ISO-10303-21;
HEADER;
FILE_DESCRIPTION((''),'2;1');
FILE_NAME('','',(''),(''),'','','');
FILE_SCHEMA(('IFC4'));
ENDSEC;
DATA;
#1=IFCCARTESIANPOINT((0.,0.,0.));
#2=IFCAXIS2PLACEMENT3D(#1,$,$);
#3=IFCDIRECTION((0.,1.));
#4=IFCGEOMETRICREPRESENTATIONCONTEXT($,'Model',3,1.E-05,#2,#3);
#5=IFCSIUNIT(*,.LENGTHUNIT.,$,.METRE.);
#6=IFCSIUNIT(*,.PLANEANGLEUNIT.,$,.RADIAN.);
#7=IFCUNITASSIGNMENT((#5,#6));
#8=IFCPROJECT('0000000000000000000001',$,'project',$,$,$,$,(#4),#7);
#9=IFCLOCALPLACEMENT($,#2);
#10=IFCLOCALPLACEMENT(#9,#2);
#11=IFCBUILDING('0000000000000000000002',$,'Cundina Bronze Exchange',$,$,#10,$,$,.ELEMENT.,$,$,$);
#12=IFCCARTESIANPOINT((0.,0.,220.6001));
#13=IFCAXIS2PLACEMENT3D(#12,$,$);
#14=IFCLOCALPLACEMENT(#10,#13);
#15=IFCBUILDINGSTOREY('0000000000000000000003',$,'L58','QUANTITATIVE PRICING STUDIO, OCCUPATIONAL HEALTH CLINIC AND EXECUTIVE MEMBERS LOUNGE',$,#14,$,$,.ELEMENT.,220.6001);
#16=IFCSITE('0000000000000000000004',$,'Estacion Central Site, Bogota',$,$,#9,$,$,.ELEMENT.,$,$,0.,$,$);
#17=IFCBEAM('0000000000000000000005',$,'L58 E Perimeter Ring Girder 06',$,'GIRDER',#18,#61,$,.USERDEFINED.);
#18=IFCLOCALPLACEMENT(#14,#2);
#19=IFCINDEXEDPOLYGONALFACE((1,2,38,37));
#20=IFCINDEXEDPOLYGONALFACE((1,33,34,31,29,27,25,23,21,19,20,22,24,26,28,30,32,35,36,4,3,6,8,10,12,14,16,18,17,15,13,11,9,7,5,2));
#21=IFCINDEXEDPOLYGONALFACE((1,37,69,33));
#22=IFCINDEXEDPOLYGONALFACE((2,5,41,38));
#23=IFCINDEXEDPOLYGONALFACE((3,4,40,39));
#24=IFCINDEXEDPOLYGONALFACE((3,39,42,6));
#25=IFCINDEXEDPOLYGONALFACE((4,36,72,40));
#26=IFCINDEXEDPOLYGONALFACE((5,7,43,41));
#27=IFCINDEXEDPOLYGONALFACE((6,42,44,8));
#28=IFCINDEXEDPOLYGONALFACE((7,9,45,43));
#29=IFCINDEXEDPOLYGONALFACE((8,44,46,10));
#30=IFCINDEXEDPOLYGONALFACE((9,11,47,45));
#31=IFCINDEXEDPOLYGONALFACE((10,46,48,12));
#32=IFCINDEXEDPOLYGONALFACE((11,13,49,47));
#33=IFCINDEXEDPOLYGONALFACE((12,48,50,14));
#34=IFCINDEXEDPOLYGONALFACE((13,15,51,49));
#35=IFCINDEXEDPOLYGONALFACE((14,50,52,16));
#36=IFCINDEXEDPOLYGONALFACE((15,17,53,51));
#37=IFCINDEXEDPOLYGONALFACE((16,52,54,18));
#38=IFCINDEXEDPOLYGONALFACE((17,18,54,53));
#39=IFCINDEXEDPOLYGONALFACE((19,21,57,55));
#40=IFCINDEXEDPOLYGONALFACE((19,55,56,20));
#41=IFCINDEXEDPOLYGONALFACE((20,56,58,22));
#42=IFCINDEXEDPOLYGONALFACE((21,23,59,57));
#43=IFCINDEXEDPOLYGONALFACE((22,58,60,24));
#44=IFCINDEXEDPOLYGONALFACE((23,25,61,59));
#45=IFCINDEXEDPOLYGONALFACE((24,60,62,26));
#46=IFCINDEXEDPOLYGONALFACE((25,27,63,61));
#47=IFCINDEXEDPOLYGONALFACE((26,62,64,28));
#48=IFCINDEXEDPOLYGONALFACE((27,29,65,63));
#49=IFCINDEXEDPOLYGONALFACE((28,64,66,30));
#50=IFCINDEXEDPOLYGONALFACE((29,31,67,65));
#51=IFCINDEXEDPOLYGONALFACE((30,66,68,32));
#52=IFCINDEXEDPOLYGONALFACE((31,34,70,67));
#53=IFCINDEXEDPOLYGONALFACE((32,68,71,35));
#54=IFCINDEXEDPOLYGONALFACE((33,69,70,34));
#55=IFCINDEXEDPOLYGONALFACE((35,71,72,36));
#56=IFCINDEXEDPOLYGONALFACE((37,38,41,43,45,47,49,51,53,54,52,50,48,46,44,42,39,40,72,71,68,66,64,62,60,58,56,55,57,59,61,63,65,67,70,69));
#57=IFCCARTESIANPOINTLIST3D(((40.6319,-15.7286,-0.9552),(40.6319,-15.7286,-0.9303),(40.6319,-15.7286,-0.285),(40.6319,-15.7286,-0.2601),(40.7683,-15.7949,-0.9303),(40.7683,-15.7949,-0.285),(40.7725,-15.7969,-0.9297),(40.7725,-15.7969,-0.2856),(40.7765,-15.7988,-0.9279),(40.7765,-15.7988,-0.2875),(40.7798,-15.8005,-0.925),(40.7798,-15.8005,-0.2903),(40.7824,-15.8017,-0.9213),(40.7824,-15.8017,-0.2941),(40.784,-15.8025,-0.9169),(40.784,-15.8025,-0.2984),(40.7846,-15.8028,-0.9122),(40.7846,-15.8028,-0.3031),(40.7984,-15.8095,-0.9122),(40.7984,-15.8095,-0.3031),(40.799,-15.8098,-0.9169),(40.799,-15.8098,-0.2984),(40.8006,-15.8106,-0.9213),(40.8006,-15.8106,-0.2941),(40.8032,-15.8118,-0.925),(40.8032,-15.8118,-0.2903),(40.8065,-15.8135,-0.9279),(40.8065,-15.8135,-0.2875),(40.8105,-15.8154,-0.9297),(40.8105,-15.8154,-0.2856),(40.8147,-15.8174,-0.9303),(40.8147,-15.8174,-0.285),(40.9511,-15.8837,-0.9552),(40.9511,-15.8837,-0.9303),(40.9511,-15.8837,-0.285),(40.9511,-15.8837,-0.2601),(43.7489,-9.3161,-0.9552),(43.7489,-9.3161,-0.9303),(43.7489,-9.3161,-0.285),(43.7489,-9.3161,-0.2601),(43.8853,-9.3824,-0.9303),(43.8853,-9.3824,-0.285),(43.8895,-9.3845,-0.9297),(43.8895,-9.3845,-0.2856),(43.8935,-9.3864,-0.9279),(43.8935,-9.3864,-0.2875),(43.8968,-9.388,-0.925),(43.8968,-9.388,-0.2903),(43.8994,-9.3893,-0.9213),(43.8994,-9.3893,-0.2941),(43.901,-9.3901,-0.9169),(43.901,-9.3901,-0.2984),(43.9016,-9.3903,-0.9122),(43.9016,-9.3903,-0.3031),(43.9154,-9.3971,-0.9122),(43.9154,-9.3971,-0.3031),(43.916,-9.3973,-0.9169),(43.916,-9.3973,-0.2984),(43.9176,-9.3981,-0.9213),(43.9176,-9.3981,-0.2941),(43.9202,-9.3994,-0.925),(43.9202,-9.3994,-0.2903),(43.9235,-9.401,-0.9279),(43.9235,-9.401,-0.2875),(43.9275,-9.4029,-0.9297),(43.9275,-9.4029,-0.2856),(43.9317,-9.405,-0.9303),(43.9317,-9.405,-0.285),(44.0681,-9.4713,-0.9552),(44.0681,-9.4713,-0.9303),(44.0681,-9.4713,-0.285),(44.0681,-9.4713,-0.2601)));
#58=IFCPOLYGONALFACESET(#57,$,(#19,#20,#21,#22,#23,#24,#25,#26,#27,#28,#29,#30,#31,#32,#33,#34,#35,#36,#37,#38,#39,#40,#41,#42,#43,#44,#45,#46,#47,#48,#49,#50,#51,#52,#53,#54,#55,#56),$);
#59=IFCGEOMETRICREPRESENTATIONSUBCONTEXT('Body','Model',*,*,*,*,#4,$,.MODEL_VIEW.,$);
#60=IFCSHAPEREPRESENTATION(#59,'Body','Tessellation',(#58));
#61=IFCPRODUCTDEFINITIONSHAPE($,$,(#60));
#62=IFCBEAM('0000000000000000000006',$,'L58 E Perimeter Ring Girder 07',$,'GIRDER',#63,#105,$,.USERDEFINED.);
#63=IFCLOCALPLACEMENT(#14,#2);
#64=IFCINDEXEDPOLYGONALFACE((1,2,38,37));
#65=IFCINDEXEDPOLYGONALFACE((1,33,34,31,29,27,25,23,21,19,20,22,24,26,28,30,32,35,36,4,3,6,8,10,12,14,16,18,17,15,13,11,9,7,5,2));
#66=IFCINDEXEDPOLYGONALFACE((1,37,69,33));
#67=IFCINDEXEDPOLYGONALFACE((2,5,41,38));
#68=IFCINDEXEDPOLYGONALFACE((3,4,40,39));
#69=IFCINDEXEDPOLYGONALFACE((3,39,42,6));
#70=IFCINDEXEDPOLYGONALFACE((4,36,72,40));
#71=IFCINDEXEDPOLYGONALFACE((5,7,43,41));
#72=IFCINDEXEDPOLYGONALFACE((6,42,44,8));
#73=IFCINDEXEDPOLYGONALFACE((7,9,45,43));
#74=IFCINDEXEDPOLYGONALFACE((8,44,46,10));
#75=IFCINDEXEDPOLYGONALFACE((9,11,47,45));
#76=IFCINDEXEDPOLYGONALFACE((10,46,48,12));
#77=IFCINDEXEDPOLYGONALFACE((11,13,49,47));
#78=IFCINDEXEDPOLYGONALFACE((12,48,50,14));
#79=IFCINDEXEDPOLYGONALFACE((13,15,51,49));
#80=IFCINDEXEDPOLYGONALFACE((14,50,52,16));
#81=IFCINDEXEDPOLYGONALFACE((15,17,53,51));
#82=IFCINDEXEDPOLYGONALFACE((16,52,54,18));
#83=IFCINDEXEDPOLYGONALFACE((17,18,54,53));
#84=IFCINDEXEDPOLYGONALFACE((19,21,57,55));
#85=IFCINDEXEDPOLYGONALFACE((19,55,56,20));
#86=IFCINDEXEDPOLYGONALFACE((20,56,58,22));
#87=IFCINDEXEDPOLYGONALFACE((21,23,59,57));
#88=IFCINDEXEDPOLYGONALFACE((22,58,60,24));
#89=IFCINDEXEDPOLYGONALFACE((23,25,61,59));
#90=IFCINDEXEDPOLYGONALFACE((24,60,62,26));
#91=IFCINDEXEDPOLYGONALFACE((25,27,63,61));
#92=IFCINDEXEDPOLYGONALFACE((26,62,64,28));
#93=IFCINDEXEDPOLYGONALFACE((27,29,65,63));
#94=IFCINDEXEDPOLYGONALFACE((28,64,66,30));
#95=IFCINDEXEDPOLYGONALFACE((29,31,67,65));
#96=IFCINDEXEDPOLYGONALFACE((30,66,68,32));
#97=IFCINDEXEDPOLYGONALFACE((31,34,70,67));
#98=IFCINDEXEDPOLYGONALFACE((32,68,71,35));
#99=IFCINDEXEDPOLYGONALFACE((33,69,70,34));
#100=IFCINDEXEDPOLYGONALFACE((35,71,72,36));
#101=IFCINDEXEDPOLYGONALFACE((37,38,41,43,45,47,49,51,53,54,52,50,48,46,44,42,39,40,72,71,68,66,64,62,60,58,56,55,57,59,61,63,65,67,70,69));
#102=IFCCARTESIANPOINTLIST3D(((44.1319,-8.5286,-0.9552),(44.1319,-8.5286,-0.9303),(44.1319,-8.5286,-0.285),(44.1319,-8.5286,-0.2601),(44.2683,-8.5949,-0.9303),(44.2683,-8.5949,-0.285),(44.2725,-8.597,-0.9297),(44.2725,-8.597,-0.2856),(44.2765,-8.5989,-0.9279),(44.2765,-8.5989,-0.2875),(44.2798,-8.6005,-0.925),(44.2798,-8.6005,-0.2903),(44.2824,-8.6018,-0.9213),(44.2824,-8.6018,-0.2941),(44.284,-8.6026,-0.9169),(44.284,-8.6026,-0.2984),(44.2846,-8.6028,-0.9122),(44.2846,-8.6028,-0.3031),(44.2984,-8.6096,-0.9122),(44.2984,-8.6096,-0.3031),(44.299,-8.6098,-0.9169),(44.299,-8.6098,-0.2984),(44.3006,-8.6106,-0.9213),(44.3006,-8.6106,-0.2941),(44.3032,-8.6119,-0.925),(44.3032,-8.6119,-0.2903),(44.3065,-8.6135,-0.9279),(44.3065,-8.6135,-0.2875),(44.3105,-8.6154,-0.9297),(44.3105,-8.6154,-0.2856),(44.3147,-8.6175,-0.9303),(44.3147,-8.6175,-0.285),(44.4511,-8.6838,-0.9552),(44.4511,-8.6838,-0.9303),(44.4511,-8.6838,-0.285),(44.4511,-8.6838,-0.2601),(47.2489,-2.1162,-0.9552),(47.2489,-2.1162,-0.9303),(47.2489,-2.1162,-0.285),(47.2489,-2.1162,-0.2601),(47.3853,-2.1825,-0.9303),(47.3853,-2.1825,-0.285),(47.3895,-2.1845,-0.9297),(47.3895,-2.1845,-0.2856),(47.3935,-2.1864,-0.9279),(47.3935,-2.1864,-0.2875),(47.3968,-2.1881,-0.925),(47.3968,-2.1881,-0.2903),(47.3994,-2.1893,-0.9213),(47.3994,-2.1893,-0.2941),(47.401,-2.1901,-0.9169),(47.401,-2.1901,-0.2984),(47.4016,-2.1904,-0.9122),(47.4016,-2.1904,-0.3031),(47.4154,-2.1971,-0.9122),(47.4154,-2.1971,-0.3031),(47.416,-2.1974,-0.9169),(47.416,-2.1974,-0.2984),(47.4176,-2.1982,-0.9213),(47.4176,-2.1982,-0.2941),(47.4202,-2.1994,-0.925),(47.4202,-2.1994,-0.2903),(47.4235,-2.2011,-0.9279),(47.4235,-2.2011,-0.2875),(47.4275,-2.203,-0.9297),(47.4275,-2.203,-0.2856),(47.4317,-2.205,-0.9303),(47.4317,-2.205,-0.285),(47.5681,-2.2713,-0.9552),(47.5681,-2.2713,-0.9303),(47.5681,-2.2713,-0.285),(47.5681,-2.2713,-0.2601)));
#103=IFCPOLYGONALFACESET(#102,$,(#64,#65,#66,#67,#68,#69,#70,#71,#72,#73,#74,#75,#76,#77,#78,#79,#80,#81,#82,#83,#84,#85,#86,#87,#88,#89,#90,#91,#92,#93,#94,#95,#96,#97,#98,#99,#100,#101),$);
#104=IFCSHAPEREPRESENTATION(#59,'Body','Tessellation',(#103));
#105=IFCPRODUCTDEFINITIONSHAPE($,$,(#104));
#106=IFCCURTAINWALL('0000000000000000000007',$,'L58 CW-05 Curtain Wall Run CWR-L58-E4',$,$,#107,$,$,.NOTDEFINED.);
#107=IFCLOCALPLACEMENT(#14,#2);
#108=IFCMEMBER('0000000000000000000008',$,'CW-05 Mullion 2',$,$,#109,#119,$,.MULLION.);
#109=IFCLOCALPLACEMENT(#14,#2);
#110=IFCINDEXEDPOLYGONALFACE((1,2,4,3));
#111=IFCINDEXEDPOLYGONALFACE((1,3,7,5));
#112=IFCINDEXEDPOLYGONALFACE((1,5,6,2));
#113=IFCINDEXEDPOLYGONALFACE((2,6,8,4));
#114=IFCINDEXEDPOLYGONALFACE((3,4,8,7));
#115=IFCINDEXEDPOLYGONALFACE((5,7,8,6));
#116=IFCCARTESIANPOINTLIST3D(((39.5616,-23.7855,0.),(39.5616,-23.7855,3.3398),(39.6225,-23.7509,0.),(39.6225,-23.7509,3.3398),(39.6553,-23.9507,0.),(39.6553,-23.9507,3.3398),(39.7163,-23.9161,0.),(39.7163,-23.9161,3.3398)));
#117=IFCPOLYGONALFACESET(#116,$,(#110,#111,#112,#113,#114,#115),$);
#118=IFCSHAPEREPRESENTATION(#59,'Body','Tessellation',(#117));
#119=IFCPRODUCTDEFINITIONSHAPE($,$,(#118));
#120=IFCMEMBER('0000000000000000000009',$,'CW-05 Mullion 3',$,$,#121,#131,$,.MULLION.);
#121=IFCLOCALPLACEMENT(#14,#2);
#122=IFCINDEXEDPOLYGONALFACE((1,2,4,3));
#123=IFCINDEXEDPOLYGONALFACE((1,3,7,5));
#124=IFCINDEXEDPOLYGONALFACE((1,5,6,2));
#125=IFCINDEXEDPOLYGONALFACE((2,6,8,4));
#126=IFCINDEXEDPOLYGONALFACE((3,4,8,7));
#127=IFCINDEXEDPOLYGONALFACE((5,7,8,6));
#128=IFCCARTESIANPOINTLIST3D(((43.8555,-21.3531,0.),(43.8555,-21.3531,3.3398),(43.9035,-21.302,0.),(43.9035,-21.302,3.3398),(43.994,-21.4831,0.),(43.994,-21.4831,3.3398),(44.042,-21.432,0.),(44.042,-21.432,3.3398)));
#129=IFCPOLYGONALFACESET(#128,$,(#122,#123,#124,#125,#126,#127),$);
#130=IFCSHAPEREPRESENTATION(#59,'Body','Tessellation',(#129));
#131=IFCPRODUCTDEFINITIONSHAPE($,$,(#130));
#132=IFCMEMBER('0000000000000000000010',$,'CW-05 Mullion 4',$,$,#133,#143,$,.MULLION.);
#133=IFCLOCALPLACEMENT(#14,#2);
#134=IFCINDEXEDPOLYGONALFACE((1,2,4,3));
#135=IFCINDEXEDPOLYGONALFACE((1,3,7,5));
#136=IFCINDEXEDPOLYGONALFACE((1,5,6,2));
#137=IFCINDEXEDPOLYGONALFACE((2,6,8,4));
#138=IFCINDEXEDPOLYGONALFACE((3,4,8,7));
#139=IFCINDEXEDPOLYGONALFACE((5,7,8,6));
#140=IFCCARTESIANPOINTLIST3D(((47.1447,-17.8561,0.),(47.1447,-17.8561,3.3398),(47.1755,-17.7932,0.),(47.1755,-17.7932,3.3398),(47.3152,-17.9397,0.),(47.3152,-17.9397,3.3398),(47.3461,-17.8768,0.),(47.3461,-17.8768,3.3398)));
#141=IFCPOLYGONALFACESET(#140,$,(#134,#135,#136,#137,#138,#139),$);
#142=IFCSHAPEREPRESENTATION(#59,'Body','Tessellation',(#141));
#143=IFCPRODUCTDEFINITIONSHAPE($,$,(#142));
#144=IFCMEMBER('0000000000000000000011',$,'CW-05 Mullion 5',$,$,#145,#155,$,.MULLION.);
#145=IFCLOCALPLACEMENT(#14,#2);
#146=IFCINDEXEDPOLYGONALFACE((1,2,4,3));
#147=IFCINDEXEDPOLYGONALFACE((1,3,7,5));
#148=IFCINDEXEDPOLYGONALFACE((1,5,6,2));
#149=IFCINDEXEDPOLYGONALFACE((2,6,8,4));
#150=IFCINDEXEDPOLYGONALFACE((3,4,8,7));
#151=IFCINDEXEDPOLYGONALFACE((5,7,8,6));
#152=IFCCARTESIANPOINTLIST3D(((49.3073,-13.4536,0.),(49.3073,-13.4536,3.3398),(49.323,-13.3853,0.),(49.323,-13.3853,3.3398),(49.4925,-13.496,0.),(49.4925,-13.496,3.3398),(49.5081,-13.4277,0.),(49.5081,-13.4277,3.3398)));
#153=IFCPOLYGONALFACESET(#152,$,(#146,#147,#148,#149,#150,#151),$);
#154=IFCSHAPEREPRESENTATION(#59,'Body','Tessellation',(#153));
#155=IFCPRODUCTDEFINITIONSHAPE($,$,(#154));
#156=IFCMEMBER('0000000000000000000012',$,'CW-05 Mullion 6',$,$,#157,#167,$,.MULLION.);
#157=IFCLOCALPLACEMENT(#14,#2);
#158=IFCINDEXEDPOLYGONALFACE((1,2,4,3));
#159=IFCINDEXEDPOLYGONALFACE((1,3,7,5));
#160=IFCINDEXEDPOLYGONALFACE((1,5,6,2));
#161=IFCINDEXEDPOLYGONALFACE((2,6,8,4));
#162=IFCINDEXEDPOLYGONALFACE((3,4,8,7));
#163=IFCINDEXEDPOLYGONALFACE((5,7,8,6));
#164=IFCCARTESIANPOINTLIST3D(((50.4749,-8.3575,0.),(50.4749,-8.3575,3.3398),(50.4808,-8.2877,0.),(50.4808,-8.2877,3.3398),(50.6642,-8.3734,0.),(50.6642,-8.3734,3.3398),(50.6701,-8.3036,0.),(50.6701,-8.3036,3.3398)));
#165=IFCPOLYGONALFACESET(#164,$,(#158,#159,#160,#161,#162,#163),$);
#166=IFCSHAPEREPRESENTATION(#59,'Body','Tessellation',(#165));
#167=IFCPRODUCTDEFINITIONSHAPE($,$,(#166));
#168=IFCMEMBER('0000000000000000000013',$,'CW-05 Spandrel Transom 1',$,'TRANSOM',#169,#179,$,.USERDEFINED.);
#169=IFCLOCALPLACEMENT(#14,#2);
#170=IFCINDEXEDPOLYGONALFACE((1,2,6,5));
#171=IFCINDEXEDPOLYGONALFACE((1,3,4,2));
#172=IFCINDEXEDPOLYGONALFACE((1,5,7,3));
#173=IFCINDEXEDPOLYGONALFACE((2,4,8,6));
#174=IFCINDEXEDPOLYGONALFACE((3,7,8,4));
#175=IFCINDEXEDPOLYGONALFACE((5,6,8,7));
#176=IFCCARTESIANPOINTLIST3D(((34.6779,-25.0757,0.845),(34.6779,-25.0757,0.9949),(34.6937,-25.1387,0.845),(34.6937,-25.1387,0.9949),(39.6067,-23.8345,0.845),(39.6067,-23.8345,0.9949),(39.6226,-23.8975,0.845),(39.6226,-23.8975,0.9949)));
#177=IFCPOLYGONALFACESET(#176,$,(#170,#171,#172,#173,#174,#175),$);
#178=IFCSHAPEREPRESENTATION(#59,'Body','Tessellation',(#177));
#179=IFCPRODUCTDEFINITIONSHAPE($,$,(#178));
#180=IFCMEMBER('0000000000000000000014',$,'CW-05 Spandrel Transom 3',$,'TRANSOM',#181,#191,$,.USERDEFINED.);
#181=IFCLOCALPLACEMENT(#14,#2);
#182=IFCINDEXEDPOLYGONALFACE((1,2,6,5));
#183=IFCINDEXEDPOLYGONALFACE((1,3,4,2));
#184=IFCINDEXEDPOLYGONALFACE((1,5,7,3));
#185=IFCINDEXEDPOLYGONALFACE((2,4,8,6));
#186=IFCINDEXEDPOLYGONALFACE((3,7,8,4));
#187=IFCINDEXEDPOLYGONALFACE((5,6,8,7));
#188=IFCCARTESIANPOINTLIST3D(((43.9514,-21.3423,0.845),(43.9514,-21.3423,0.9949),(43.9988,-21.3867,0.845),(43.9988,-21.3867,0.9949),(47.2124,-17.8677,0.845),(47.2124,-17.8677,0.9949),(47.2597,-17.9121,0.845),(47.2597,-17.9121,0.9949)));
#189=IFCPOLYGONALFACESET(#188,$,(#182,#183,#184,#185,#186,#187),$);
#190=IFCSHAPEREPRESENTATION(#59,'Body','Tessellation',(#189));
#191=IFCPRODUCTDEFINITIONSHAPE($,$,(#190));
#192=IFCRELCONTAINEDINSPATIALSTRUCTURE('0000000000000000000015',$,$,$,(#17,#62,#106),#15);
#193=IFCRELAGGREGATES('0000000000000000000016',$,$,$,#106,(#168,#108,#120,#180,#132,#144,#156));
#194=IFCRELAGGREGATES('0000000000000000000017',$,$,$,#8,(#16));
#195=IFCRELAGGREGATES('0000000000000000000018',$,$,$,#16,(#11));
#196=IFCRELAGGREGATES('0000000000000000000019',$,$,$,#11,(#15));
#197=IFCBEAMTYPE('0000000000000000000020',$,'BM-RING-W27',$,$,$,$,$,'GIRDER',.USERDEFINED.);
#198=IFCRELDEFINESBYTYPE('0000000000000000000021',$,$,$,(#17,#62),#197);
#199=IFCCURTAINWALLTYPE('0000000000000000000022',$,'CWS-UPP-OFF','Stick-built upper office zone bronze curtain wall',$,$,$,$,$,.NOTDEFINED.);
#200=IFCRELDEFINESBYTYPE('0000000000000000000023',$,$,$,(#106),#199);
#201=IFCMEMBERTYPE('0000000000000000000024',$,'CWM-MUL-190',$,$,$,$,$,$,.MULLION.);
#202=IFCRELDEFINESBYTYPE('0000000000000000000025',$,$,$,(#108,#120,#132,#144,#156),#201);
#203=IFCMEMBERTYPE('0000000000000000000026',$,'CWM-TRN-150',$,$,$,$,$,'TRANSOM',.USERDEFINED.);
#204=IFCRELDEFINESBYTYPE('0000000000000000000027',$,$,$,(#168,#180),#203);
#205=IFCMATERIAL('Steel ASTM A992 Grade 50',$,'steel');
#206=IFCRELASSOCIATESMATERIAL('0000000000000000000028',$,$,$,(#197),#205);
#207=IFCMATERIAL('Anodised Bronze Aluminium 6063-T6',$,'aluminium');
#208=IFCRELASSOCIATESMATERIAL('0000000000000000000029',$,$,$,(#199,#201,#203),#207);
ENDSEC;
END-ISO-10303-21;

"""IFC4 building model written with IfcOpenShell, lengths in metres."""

from ifc_helpers import new_model, si_unit, direction, frame, origin, origin_2d, place, context, subcontext, project, spatial, rectangle, i_section, extrude, material, material_profile, profile_set, type_object, element, aggregate, save


model = new_model("IFC4")

# Units and contexts
model_context = context("Model", 3, precision=1e-05, world=origin(), true_north=direction((0.0, 1.0)))
body_context = subcontext(model_context, "Body", "Model", "MODEL_VIEW")
ifc_project = project(units=[si_unit("LENGTHUNIT", "METRE"), si_unit("PLANEANGLEUNIT", "RADIAN")], contexts=[model_context])

# Site, building, storey
site_placement = place(None, origin())
site = spatial("IfcSite", under=ifc_project, at=site_placement, Name="Estacion Central Site, Bogota", CompositionType="ELEMENT", RefElevation=0.0)
building_placement = place(site_placement, origin())
building = spatial("IfcBuilding", under=site, at=building_placement, Name="Cundina Bronze Exchange", CompositionType="ELEMENT")
storey_placement = place(building_placement, frame((0.0, 0.0, 220.6001)))
storey = spatial("IfcBuildingStorey", under=building, at=storey_placement, Name="L58", Description="QUANTITATIVE PRICING STUDIO, OCCUPATIONAL HEALTH CLINIC AND EXECUTIVE MEMBERS LOUNGE", CompositionType="ELEMENT", Elevation=220.6001)

# Beams
ifc_material_1 = material(Name="Steel ASTM A992 Grade 50", Category="steel")
ifc_material_profile_1 = material_profile(ifc_material_1, i_section(OverallWidth=0.355, OverallDepth=0.6951, WebThickness=0.0154, FlangeThickness=0.0249, FilletRadius=0.0181, at=origin_2d()), Name="W27X146", Category="steel")
ifc_profile_set_1 = profile_set([ifc_material_profile_1], Name="Steel ASTM A992 Grade 50")
beam_type_1 = type_object("IfcBeamType", Name="BM-RING-W27", ElementType="GIRDER", PredefinedType="USERDEFINED", material=ifc_profile_set_1)
for number, where, z_axis, x_axis, name in (
    (1, (40.7915, -15.8062, -0.6077), (0.437173, 0.899377, 0.0), (-0.899377, 0.437173, 0.0), "L58 E Perimeter Ring Girder 06"),
    (2, (44.2915, -8.6062, -0.6077), (0.437173, 0.899377, 0.0), (-0.899377, 0.437173, 0.0), "L58 E Perimeter Ring Girder 07"),
):
    element("IfcBeam", number, at=place(storey_placement, frame(where, z_axis=z_axis, x_axis=x_axis)), inside=storey, type_object=beam_type_1, Name=name, ObjectType="GIRDER", PredefinedType="USERDEFINED", context=body_context, shape_type="SweptSolid", body=[
        extrude(i_section(OverallWidth=0.355, OverallDepth=0.6951, WebThickness=0.0154, FlangeThickness=0.0249, FilletRadius=0.0181, at=origin_2d()), origin(), (0.0, 0.0, 1.0), 7.1299),
    ])

# Curtain wall, members
ifc_material_2 = material(Name="Anodised Bronze Aluminium 6063-T6", Category="aluminium")
curtain_wall_type = type_object("IfcCurtainWallType", Name="CWS-UPP-OFF", Description="Stick-built upper office zone bronze curtain wall", PredefinedType="NOTDEFINED", material=ifc_material_2)
curtain_wall_placement = place(storey_placement, origin())
curtain_wall = element("IfcCurtainWall", 3, at=curtain_wall_placement, inside=storey, type_object=curtain_wall_type, Name="L58 CW-05 Curtain Wall Run CWR-L58-E4", PredefinedType="NOTDEFINED")
ifc_material_profile_2 = material_profile(ifc_material_2, rectangle(XDim=0.0701, YDim=0.1899, at=origin_2d()), Name="AL70X190", Category="aluminium")
ifc_profile_set_2 = profile_set([ifc_material_profile_2], Name="Anodised Bronze Aluminium 6063-T6")
member_type_1 = type_object("IfcMemberType", Name="CWM-MUL-190", PredefinedType="MULLION", material=ifc_profile_set_2)
member_1_placement = place(storey_placement, frame((39.6389, -23.8508, 0.0), z_axis=(0.0, 0.0, 1.0), x_axis=(0.869581, 0.49379, 0.0)))
member_1 = element("IfcMember", 4, at=member_1_placement, type_object=member_type_1, Name="CW-05 Mullion 2", PredefinedType="MULLION", context=body_context, shape_type="SweptSolid", body=[
    extrude(rectangle(XDim=0.0701, YDim=0.1899, at=origin_2d()), origin(), (0.0, 0.0, 1.0), 3.3398),
])
member_2_placement = place(storey_placement, frame((43.9487, -21.3926, 0.0), z_axis=(0.0, 0.0, 1.0), x_axis=(0.684293, 0.729208, 0.0)))
member_2 = element("IfcMember", 5, at=member_2_placement, type_object=member_type_1, Name="CW-05 Mullion 3", PredefinedType="MULLION", context=body_context, shape_type="SweptSolid", body=[
    extrude(rectangle(XDim=0.0701, YDim=0.1899, at=origin_2d()), origin(), (0.0, 0.0, 1.0), 3.3398),
])
member_3_placement = place(storey_placement, frame((47.2454, -17.8665, 0.0), z_axis=(0.0, 0.0, 1.0), x_axis=(0.440566, 0.89772, 0.0)))
member_3 = element("IfcMember", 6, at=member_3_placement, type_object=member_type_1, Name="CW-05 Mullion 4", PredefinedType="MULLION", context=body_context, shape_type="SweptSolid", body=[
    extrude(rectangle(XDim=0.0701, YDim=0.1899, at=origin_2d()), origin(), (0.0, 0.0, 1.0), 3.3398),
])
member_4_placement = place(storey_placement, frame((49.4077, -13.4407, 0.0), z_axis=(0.0, 0.0, 1.0), x_axis=(0.22325, 0.974761, 0.0)))
member_4 = element("IfcMember", 7, at=member_4_placement, type_object=member_type_1, Name="CW-05 Mullion 5", PredefinedType="MULLION", context=body_context, shape_type="SweptSolid", body=[
    extrude(rectangle(XDim=0.0701, YDim=0.1899, at=origin_2d()), origin(), (0.0, 0.0, 1.0), 3.3398),
])
member_5_placement = place(storey_placement, frame((50.5725, -8.3306, 0.0), z_axis=(0.0, 0.0, 1.0), x_axis=(0.083678, 0.996493, 0.0)))
member_5 = element("IfcMember", 8, at=member_5_placement, type_object=member_type_1, Name="CW-05 Mullion 6", PredefinedType="MULLION", context=body_context, shape_type="SweptSolid", body=[
    extrude(rectangle(XDim=0.0701, YDim=0.1899, at=origin_2d()), origin(), (0.0, 0.0, 1.0), 3.3398),
])
ifc_material_profile_3 = material_profile(ifc_material_2, rectangle(XDim=0.0649, YDim=0.1499, at=origin_2d()), Name="AL65X150", Category="aluminium")
ifc_profile_set_3 = profile_set([ifc_material_profile_3], Name="Anodised Bronze Aluminium 6063-T6")
member_type_2 = type_object("IfcMemberType", Name="CWM-TRN-150", ElementType="TRANSOM", PredefinedType="USERDEFINED", material=ifc_profile_set_3)
member_6_placement = place(storey_placement, frame((34.6858, -25.1072, 0.9199), z_axis=(0.969726, 0.244197, 0.0), x_axis=(-0.244197, 0.969726, 0.0)))
member_6 = element("IfcMember", 9, at=member_6_placement, type_object=member_type_2, Name="CW-05 Spandrel Transom 1", ObjectType="TRANSOM", PredefinedType="USERDEFINED", context=body_context, shape_type="SweptSolid", body=[
    extrude(rectangle(XDim=0.0649, YDim=0.1499, at=origin_2d()), origin(), (0.0, 0.0, 1.0), 5.0828),
])
member_7_placement = place(storey_placement, frame((43.9751, -21.3645, 0.9199), z_axis=(0.684336, 0.729166, 0.0), x_axis=(-0.729166, 0.684336, 0.0)))
member_7 = element("IfcMember", 10, at=member_7_placement, type_object=member_type_2, Name="CW-05 Spandrel Transom 3", ObjectType="TRANSOM", PredefinedType="USERDEFINED", context=body_context, shape_type="SweptSolid", body=[
    extrude(rectangle(XDim=0.0649, YDim=0.1499, at=origin_2d()), origin(), (0.0, 0.0, 1.0), 4.7651),
])
aggregate(curtain_wall, [member_6, member_1, member_2, member_7, member_3, member_4, member_5])

save(model, "model.ifc")
